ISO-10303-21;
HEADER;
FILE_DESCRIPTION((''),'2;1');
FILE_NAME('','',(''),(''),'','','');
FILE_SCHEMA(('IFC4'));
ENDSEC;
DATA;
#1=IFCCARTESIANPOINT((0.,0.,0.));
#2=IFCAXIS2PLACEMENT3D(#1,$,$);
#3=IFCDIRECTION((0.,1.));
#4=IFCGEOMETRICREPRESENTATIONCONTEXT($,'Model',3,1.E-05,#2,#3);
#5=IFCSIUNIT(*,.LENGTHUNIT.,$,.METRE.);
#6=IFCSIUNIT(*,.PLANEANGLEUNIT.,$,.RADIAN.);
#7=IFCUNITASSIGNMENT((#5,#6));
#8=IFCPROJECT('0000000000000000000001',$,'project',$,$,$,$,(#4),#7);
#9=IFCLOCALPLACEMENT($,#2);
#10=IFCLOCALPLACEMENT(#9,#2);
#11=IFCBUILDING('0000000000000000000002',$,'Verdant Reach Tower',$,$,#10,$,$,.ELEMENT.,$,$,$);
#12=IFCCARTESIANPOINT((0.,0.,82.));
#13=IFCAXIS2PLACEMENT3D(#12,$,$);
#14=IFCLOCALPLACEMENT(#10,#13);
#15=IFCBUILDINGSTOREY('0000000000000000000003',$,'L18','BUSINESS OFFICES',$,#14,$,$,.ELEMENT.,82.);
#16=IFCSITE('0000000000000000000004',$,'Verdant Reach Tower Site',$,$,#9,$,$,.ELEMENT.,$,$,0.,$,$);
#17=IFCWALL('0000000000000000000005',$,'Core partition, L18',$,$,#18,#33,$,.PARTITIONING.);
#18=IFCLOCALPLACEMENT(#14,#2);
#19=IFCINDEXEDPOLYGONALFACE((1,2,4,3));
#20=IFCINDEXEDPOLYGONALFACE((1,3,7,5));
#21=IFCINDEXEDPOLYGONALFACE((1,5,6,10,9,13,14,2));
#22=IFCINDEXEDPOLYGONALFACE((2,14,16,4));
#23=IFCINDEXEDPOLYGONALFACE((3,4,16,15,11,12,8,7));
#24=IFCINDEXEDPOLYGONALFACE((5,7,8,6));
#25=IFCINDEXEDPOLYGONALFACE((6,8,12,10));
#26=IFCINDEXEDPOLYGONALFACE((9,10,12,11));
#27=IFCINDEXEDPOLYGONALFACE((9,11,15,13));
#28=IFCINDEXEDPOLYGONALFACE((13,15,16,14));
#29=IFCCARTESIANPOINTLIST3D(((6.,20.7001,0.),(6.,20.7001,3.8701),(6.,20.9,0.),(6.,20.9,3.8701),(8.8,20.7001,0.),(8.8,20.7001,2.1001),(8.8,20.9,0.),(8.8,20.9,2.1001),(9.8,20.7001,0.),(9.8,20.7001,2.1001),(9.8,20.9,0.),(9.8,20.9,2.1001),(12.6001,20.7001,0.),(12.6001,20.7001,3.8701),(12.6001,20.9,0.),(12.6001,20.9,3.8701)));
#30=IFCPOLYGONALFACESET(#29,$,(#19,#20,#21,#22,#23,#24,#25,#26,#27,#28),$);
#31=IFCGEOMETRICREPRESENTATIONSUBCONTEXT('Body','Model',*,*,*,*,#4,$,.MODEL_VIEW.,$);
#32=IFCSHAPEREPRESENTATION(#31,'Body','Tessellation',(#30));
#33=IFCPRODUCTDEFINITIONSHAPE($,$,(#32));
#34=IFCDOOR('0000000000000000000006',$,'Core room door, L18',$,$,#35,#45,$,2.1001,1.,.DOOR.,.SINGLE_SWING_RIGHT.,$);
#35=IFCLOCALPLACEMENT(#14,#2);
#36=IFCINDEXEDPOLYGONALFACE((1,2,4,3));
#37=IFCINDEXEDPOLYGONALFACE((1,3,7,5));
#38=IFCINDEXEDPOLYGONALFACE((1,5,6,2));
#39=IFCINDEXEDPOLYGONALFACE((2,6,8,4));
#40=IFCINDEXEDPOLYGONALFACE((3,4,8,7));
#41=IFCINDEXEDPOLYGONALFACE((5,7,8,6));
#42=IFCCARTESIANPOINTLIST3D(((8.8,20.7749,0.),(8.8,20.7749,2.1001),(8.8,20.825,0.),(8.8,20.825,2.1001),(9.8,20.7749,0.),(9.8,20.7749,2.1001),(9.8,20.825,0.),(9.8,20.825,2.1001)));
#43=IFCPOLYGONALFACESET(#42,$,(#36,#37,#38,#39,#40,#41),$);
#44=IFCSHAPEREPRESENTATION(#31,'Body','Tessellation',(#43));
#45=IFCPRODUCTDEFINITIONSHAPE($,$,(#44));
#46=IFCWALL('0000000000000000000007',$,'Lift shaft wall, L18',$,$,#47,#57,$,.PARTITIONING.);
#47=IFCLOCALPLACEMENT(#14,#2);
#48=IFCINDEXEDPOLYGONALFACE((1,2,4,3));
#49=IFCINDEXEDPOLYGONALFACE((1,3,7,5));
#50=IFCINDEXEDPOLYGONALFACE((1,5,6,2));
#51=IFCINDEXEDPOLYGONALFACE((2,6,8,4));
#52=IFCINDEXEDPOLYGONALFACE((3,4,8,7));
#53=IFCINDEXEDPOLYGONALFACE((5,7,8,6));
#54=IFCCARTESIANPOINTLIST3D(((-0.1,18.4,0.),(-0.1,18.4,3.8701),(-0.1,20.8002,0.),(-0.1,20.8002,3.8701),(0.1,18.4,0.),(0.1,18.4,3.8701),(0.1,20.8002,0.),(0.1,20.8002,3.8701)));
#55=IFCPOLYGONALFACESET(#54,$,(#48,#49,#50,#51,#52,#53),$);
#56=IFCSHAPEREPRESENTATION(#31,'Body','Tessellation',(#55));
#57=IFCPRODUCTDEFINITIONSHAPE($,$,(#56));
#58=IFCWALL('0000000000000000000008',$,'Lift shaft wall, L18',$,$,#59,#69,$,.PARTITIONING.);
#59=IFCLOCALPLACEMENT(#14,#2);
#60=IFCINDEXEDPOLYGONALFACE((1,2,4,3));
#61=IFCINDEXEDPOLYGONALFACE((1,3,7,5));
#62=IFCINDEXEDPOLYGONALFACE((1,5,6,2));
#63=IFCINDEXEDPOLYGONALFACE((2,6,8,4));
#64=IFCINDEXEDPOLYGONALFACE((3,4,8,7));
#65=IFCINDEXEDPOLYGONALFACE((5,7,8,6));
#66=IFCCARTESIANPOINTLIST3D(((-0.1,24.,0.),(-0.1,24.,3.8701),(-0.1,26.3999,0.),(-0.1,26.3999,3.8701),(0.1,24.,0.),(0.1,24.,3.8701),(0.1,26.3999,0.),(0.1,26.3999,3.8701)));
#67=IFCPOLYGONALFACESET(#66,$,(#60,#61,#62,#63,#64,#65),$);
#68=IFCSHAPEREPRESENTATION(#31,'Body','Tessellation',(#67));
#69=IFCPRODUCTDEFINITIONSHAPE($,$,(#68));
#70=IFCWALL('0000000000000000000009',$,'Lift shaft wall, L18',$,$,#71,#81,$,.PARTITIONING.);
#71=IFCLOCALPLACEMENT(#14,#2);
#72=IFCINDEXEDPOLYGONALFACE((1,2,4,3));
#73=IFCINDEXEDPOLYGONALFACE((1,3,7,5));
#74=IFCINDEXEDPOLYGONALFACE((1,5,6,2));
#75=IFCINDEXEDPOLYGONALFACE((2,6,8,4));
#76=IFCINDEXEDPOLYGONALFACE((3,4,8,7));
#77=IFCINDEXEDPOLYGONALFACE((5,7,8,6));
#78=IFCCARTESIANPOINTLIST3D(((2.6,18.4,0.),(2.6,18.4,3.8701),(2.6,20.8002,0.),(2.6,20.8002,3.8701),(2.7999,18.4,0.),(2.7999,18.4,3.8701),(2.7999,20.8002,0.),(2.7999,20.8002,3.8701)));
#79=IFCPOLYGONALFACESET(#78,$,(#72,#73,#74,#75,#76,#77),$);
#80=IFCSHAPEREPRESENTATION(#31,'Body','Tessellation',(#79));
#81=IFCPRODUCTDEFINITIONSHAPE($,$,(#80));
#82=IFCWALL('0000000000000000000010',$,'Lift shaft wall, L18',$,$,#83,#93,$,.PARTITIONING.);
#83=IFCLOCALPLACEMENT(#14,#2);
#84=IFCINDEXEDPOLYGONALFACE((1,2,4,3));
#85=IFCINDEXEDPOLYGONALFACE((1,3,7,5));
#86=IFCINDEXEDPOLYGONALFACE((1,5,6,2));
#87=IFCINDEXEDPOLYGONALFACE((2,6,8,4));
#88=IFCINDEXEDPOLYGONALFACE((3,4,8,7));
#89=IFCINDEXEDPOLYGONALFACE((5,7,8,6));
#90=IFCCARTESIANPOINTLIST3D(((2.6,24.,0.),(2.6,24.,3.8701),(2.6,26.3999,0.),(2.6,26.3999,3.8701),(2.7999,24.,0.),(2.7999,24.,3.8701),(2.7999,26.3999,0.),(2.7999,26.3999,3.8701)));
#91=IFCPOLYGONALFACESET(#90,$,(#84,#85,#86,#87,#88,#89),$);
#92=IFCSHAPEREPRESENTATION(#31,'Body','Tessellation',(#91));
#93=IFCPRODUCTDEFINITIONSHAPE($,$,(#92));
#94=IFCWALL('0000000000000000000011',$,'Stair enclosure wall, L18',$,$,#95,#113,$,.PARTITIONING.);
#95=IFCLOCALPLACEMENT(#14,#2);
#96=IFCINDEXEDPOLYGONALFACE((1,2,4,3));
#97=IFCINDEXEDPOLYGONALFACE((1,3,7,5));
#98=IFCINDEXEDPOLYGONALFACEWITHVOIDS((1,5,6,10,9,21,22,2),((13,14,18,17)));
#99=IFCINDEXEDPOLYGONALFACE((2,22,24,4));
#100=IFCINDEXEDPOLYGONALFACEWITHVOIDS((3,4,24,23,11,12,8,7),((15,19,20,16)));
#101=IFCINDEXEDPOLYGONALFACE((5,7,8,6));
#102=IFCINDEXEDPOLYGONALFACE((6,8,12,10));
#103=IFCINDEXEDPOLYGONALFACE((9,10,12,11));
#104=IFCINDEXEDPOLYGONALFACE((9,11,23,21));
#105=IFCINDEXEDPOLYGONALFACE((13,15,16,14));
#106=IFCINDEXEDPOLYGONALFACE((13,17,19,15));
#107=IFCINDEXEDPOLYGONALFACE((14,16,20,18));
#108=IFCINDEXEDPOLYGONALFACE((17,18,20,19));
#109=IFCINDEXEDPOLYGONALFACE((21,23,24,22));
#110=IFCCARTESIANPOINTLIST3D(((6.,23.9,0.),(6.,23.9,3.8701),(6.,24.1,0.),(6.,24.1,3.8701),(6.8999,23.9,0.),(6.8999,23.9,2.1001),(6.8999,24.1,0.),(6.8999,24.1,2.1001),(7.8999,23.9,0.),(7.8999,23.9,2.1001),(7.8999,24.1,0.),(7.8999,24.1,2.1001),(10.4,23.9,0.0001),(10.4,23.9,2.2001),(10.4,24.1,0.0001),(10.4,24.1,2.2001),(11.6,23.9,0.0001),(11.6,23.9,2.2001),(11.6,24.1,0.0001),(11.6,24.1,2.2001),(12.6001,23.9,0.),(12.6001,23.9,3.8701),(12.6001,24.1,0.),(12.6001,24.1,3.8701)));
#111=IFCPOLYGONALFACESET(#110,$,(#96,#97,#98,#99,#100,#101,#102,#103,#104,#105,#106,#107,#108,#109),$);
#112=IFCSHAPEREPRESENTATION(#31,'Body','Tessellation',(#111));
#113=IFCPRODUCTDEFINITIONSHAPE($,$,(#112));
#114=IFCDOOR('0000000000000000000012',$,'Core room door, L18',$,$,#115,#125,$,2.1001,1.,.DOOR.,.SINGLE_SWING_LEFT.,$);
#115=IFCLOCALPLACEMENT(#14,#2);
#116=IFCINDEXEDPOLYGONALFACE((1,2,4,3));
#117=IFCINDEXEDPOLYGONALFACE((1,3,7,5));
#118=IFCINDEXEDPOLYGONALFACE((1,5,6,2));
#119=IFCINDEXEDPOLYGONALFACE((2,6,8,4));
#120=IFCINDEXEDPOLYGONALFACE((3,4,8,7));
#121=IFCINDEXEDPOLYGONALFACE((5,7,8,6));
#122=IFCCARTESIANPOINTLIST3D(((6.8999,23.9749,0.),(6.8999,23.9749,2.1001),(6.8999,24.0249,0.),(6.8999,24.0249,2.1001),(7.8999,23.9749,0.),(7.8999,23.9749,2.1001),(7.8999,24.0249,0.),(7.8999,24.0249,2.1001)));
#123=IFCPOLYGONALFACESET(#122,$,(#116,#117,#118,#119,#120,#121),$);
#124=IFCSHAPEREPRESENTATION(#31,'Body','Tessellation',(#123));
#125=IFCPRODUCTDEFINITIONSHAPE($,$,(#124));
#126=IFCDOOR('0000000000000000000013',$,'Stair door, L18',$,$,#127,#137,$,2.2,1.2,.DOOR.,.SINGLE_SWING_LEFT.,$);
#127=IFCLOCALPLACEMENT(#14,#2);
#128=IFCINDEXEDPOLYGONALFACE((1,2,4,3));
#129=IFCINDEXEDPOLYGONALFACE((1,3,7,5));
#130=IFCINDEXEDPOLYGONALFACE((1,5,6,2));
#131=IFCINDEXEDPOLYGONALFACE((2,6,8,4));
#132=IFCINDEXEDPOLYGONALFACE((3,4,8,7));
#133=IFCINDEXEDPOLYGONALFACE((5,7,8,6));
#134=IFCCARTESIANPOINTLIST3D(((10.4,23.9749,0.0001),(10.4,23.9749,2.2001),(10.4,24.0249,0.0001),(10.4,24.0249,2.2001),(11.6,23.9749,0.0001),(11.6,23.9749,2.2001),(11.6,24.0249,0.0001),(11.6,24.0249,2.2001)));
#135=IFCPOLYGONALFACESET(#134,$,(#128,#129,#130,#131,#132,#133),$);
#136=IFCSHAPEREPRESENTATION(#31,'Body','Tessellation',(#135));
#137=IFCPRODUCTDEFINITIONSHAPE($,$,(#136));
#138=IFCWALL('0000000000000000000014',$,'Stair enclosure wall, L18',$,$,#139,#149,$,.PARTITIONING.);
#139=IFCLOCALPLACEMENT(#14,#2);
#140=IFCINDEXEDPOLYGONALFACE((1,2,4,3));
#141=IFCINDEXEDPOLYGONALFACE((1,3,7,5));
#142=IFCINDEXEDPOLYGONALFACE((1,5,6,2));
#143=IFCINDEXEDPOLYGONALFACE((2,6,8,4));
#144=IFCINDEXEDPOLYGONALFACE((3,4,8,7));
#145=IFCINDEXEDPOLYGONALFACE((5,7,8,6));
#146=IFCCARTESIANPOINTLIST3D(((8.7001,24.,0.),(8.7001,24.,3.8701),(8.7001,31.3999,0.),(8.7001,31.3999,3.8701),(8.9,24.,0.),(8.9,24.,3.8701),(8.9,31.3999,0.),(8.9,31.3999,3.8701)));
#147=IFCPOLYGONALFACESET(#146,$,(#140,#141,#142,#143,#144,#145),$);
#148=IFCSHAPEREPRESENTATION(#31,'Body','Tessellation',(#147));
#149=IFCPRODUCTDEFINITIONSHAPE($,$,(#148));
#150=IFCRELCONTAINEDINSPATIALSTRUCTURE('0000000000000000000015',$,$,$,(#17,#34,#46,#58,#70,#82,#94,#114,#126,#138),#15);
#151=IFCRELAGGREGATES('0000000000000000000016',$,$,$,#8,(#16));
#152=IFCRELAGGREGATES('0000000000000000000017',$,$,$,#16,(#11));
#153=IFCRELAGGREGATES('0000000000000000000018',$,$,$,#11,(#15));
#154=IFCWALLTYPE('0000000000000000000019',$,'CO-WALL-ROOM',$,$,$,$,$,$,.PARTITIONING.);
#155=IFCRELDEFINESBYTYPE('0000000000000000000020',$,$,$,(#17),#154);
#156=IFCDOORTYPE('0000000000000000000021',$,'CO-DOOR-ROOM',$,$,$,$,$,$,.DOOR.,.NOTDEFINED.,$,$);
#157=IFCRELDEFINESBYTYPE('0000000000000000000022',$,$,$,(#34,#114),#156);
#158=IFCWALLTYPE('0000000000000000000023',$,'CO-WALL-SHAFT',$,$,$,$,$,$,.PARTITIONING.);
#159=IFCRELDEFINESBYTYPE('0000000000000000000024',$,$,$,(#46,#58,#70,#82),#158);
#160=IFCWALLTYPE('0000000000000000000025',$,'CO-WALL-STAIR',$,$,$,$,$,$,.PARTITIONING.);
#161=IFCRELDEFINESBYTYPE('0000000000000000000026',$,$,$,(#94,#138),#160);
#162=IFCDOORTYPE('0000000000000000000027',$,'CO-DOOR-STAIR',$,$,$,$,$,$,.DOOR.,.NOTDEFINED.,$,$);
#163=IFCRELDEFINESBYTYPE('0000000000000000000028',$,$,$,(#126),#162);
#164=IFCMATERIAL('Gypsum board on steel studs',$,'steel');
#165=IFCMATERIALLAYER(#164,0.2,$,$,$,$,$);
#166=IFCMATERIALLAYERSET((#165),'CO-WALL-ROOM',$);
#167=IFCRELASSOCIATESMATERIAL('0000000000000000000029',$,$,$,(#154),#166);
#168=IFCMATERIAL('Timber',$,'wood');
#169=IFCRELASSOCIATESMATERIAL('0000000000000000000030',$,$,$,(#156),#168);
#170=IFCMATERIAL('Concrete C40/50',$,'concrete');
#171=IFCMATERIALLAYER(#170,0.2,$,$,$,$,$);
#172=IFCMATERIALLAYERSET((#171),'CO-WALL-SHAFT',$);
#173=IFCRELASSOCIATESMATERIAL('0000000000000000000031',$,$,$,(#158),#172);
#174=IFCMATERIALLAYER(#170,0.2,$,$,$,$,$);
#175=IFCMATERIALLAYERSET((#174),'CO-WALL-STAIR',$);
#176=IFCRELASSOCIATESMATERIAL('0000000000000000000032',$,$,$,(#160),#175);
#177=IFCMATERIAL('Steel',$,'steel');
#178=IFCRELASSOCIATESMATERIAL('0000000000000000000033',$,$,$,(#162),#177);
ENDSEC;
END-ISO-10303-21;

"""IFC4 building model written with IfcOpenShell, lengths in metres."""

from ifc_helpers import new_model, si_unit, direction, frame, frame_2d, origin, place, context, subcontext, project, spatial, rectangle, extrude, material, layer, layer_set, type_object, element, fill, save


model = new_model("IFC4")

# Units and contexts
model_context = context("Model", 3, precision=1e-05, world=origin(), true_north=direction((0.0, 1.0)))
body_context = subcontext(model_context, "Body", "Model", "MODEL_VIEW")
ifc_project = project(units=[si_unit("LENGTHUNIT", "METRE"), si_unit("PLANEANGLEUNIT", "RADIAN")], contexts=[model_context])

# Site, building, storey
site_placement = place(None, origin())
site = spatial("IfcSite", under=ifc_project, at=site_placement, Name="Verdant Reach Tower Site", CompositionType="ELEMENT", RefElevation=0.0)
building_placement = place(site_placement, origin())
building = spatial("IfcBuilding", under=site, at=building_placement, Name="Verdant Reach Tower", CompositionType="ELEMENT")
storey_placement = place(building_placement, frame((0.0, 0.0, 82.0)))
storey = spatial("IfcBuildingStorey", under=building, at=storey_placement, Name="L18", Description="BUSINESS OFFICES", CompositionType="ELEMENT", Elevation=82.0)

# Wall, opening, door
ifc_material_1 = material(Name="Gypsum board on steel studs", Category="steel")
ifc_layer_1 = layer(ifc_material_1, 0.2)
ifc_layer_set_1 = layer_set([ifc_layer_1], Name="CO-WALL-ROOM")
wall_type_1 = type_object("IfcWallType", Name="CO-WALL-ROOM", PredefinedType="PARTITIONING", material=ifc_layer_set_1)
wall_1_placement = place(storey_placement, frame((6.0, 20.8, 0.0), z_axis=(0.0, 0.0, 1.0), x_axis=(1.0, 0.0, 0.0)))
wall_1 = element("IfcWall", 1, at=wall_1_placement, inside=storey, type_object=wall_type_1, Name="Core partition, L18", PredefinedType="PARTITIONING", context=body_context, shape_type="SweptSolid", body=[
    extrude(rectangle(XDim=6.6001, YDim=0.2, at=frame_2d((3.3, 0.0))), origin(), (0.0, 0.0, 1.0), 3.8701),
])
opening_1_placement = place(wall_1_placement, frame((2.8, 0.0, 0.0)))
opening_1 = element("IfcOpeningElement", 2, at=opening_1_placement, cuts=wall_1, PredefinedType="OPENING", context=body_context, shape_type="SweptSolid", body=[
    extrude(rectangle(XDim=1.0, YDim=2.1001, at=frame_2d((0.5, 1.05))), frame((0.0, 0.1099, 0.0), z_axis=(0.0, -1.0, 0.0), x_axis=(1.0, 0.0, 0.0)), (0.0, 0.0, 1.0), 0.22),
])
ifc_material_2 = material(Name="Timber", Category="wood")
door_type_1 = type_object("IfcDoorType", Name="CO-DOOR-ROOM", OperationType="NOTDEFINED", PredefinedType="DOOR", material=ifc_material_2)
door_1_placement = place(opening_1_placement, origin())
door_1 = element("IfcDoor", 3, at=door_1_placement, inside=storey, type_object=door_type_1, Name="Core room door, L18", OperationType="SINGLE_SWING_RIGHT", OverallHeight=2.1001, OverallWidth=1.0, PredefinedType="DOOR", context=body_context, shape_type="SweptSolid", body=[
    extrude(rectangle(XDim=1.0, YDim=2.1001, at=frame_2d((0.5, 1.05))), frame((0.0, 0.0249, 0.0), z_axis=(0.0, -1.0, 0.0), x_axis=(1.0, 0.0, 0.0)), (0.0, 0.0, 1.0), 0.05),
])
fill(opening_1, door_1)

# Walls
ifc_material_3 = material(Name="Concrete C40/50", Category="concrete")
ifc_layer_2 = layer(ifc_material_3, 0.2)
ifc_layer_set_2 = layer_set([ifc_layer_2], Name="CO-WALL-SHAFT")
wall_type_2 = type_object("IfcWallType", Name="CO-WALL-SHAFT", PredefinedType="PARTITIONING", material=ifc_layer_set_2)
wall_2_placement = place(storey_placement, frame((0.0, 18.3999, 0.0), z_axis=(0.0, 0.0, 1.0), x_axis=(0.0, 1.0, 0.0)))
element("IfcWall", 4, at=wall_2_placement, inside=storey, type_object=wall_type_2, Name="Lift shaft wall, L18", PredefinedType="PARTITIONING", context=body_context, shape_type="SweptSolid", body=[
    extrude(rectangle(XDim=2.4001, YDim=0.2, at=frame_2d((1.2002, 0.0))), origin(), (0.0, 0.0, 1.0), 3.8701),
])
wall_3_placement = place(storey_placement, frame((0.0, 24.0, 0.0), z_axis=(0.0, 0.0, 1.0), x_axis=(0.0, 1.0, 0.0)))
element("IfcWall", 5, at=wall_3_placement, inside=storey, type_object=wall_type_2, Name="Lift shaft wall, L18", PredefinedType="PARTITIONING", context=body_context, shape_type="SweptSolid", body=[
    extrude(rectangle(XDim=2.3999, YDim=0.2, at=frame_2d((1.2, 0.0))), origin(), (0.0, 0.0, 1.0), 3.8701),
])
wall_4_placement = place(storey_placement, frame((2.7, 18.3999, 0.0), z_axis=(0.0, 0.0, 1.0), x_axis=(0.0, 1.0, 0.0)))
element("IfcWall", 6, at=wall_4_placement, inside=storey, type_object=wall_type_2, Name="Lift shaft wall, L18", PredefinedType="PARTITIONING", context=body_context, shape_type="SweptSolid", body=[
    extrude(rectangle(XDim=2.4001, YDim=0.2, at=frame_2d((1.2002, 0.0))), origin(), (0.0, 0.0, 1.0), 3.8701),
])
wall_5_placement = place(storey_placement, frame((2.7, 24.0, 0.0), z_axis=(0.0, 0.0, 1.0), x_axis=(0.0, 1.0, 0.0)))
element("IfcWall", 7, at=wall_5_placement, inside=storey, type_object=wall_type_2, Name="Lift shaft wall, L18", PredefinedType="PARTITIONING", context=body_context, shape_type="SweptSolid", body=[
    extrude(rectangle(XDim=2.3999, YDim=0.2, at=frame_2d((1.2, 0.0))), origin(), (0.0, 0.0, 1.0), 3.8701),
])

# Wall, openings, doors
ifc_layer_3 = layer(ifc_material_3, 0.2)
ifc_layer_set_3 = layer_set([ifc_layer_3], Name="CO-WALL-STAIR")
wall_type_3 = type_object("IfcWallType", Name="CO-WALL-STAIR", PredefinedType="PARTITIONING", material=ifc_layer_set_3)
wall_6_placement = place(storey_placement, frame((6.0, 24.0, 0.0), z_axis=(0.0, 0.0, 1.0), x_axis=(1.0, 0.0, 0.0)))
wall_6 = element("IfcWall", 8, at=wall_6_placement, inside=storey, type_object=wall_type_3, Name="Stair enclosure wall, L18", PredefinedType="PARTITIONING", context=body_context, shape_type="SweptSolid", body=[
    extrude(rectangle(XDim=6.6001, YDim=0.2, at=frame_2d((3.3, 0.0))), origin(), (0.0, 0.0, 1.0), 3.8701),
])
opening_2_placement = place(wall_6_placement, frame((0.8999, 0.0, 0.0)))
opening_2 = element("IfcOpeningElement", 9, at=opening_2_placement, cuts=wall_6, PredefinedType="OPENING", context=body_context, shape_type="SweptSolid", body=[
    extrude(rectangle(XDim=1.0, YDim=2.1001, at=frame_2d((0.5, 1.05))), frame((0.0, 0.1099, 0.0), z_axis=(0.0, -1.0, 0.0), x_axis=(1.0, 0.0, 0.0)), (0.0, 0.0, 1.0), 0.22),
])
opening_3_placement = place(wall_6_placement, frame((4.3999, 0.0, 0.0)))
opening_3 = element("IfcOpeningElement", 10, at=opening_3_placement, cuts=wall_6, PredefinedType="OPENING", context=body_context, shape_type="SweptSolid", body=[
    extrude(rectangle(XDim=1.2, YDim=2.2, at=frame_2d((0.6001, 1.1001))), frame((0.0, 0.1099, 0.0), z_axis=(0.0, -1.0, 0.0), x_axis=(1.0, 0.0, 0.0)), (0.0, 0.0, 1.0), 0.22),
])
door_2_placement = place(opening_2_placement, origin())
door_2 = element("IfcDoor", 11, at=door_2_placement, inside=storey, type_object=door_type_1, Name="Core room door, L18", OperationType="SINGLE_SWING_LEFT", OverallHeight=2.1001, OverallWidth=1.0, PredefinedType="DOOR", context=body_context, shape_type="SweptSolid", body=[
    extrude(rectangle(XDim=1.0, YDim=2.1001, at=frame_2d((0.5, 1.05))), frame((0.0, 0.0249, 0.0), z_axis=(0.0, -1.0, 0.0), x_axis=(1.0, 0.0, 0.0)), (0.0, 0.0, 1.0), 0.05),
])
fill(opening_2, door_2)
ifc_material_4 = material(Name="Steel", Category="steel")
door_type_2 = type_object("IfcDoorType", Name="CO-DOOR-STAIR", OperationType="NOTDEFINED", PredefinedType="DOOR", material=ifc_material_4)
door_3_placement = place(opening_3_placement, origin())
door_3 = element("IfcDoor", 12, at=door_3_placement, inside=storey, type_object=door_type_2, Name="Stair door, L18", OperationType="SINGLE_SWING_LEFT", OverallHeight=2.2, OverallWidth=1.2, PredefinedType="DOOR", context=body_context, shape_type="SweptSolid", body=[
    extrude(rectangle(XDim=1.2, YDim=2.2, at=frame_2d((0.6001, 1.1001))), frame((0.0, 0.0249, 0.0), z_axis=(0.0, -1.0, 0.0), x_axis=(1.0, 0.0, 0.0)), (0.0, 0.0, 1.0), 0.05),
])
fill(opening_3, door_3)

# Wall
wall_7_placement = place(storey_placement, frame((8.8, 24.0, 0.0), z_axis=(0.0, 0.0, 1.0), x_axis=(0.0, 1.0, 0.0)))
element("IfcWall", 13, at=wall_7_placement, inside=storey, type_object=wall_type_3, Name="Stair enclosure wall, L18", PredefinedType="PARTITIONING", context=body_context, shape_type="SweptSolid", body=[
    extrude(rectangle(XDim=7.3999, YDim=0.2, at=frame_2d((3.7, 0.0))), origin(), (0.0, 0.0, 1.0), 3.8701),
])

save(model, "model.ifc")
